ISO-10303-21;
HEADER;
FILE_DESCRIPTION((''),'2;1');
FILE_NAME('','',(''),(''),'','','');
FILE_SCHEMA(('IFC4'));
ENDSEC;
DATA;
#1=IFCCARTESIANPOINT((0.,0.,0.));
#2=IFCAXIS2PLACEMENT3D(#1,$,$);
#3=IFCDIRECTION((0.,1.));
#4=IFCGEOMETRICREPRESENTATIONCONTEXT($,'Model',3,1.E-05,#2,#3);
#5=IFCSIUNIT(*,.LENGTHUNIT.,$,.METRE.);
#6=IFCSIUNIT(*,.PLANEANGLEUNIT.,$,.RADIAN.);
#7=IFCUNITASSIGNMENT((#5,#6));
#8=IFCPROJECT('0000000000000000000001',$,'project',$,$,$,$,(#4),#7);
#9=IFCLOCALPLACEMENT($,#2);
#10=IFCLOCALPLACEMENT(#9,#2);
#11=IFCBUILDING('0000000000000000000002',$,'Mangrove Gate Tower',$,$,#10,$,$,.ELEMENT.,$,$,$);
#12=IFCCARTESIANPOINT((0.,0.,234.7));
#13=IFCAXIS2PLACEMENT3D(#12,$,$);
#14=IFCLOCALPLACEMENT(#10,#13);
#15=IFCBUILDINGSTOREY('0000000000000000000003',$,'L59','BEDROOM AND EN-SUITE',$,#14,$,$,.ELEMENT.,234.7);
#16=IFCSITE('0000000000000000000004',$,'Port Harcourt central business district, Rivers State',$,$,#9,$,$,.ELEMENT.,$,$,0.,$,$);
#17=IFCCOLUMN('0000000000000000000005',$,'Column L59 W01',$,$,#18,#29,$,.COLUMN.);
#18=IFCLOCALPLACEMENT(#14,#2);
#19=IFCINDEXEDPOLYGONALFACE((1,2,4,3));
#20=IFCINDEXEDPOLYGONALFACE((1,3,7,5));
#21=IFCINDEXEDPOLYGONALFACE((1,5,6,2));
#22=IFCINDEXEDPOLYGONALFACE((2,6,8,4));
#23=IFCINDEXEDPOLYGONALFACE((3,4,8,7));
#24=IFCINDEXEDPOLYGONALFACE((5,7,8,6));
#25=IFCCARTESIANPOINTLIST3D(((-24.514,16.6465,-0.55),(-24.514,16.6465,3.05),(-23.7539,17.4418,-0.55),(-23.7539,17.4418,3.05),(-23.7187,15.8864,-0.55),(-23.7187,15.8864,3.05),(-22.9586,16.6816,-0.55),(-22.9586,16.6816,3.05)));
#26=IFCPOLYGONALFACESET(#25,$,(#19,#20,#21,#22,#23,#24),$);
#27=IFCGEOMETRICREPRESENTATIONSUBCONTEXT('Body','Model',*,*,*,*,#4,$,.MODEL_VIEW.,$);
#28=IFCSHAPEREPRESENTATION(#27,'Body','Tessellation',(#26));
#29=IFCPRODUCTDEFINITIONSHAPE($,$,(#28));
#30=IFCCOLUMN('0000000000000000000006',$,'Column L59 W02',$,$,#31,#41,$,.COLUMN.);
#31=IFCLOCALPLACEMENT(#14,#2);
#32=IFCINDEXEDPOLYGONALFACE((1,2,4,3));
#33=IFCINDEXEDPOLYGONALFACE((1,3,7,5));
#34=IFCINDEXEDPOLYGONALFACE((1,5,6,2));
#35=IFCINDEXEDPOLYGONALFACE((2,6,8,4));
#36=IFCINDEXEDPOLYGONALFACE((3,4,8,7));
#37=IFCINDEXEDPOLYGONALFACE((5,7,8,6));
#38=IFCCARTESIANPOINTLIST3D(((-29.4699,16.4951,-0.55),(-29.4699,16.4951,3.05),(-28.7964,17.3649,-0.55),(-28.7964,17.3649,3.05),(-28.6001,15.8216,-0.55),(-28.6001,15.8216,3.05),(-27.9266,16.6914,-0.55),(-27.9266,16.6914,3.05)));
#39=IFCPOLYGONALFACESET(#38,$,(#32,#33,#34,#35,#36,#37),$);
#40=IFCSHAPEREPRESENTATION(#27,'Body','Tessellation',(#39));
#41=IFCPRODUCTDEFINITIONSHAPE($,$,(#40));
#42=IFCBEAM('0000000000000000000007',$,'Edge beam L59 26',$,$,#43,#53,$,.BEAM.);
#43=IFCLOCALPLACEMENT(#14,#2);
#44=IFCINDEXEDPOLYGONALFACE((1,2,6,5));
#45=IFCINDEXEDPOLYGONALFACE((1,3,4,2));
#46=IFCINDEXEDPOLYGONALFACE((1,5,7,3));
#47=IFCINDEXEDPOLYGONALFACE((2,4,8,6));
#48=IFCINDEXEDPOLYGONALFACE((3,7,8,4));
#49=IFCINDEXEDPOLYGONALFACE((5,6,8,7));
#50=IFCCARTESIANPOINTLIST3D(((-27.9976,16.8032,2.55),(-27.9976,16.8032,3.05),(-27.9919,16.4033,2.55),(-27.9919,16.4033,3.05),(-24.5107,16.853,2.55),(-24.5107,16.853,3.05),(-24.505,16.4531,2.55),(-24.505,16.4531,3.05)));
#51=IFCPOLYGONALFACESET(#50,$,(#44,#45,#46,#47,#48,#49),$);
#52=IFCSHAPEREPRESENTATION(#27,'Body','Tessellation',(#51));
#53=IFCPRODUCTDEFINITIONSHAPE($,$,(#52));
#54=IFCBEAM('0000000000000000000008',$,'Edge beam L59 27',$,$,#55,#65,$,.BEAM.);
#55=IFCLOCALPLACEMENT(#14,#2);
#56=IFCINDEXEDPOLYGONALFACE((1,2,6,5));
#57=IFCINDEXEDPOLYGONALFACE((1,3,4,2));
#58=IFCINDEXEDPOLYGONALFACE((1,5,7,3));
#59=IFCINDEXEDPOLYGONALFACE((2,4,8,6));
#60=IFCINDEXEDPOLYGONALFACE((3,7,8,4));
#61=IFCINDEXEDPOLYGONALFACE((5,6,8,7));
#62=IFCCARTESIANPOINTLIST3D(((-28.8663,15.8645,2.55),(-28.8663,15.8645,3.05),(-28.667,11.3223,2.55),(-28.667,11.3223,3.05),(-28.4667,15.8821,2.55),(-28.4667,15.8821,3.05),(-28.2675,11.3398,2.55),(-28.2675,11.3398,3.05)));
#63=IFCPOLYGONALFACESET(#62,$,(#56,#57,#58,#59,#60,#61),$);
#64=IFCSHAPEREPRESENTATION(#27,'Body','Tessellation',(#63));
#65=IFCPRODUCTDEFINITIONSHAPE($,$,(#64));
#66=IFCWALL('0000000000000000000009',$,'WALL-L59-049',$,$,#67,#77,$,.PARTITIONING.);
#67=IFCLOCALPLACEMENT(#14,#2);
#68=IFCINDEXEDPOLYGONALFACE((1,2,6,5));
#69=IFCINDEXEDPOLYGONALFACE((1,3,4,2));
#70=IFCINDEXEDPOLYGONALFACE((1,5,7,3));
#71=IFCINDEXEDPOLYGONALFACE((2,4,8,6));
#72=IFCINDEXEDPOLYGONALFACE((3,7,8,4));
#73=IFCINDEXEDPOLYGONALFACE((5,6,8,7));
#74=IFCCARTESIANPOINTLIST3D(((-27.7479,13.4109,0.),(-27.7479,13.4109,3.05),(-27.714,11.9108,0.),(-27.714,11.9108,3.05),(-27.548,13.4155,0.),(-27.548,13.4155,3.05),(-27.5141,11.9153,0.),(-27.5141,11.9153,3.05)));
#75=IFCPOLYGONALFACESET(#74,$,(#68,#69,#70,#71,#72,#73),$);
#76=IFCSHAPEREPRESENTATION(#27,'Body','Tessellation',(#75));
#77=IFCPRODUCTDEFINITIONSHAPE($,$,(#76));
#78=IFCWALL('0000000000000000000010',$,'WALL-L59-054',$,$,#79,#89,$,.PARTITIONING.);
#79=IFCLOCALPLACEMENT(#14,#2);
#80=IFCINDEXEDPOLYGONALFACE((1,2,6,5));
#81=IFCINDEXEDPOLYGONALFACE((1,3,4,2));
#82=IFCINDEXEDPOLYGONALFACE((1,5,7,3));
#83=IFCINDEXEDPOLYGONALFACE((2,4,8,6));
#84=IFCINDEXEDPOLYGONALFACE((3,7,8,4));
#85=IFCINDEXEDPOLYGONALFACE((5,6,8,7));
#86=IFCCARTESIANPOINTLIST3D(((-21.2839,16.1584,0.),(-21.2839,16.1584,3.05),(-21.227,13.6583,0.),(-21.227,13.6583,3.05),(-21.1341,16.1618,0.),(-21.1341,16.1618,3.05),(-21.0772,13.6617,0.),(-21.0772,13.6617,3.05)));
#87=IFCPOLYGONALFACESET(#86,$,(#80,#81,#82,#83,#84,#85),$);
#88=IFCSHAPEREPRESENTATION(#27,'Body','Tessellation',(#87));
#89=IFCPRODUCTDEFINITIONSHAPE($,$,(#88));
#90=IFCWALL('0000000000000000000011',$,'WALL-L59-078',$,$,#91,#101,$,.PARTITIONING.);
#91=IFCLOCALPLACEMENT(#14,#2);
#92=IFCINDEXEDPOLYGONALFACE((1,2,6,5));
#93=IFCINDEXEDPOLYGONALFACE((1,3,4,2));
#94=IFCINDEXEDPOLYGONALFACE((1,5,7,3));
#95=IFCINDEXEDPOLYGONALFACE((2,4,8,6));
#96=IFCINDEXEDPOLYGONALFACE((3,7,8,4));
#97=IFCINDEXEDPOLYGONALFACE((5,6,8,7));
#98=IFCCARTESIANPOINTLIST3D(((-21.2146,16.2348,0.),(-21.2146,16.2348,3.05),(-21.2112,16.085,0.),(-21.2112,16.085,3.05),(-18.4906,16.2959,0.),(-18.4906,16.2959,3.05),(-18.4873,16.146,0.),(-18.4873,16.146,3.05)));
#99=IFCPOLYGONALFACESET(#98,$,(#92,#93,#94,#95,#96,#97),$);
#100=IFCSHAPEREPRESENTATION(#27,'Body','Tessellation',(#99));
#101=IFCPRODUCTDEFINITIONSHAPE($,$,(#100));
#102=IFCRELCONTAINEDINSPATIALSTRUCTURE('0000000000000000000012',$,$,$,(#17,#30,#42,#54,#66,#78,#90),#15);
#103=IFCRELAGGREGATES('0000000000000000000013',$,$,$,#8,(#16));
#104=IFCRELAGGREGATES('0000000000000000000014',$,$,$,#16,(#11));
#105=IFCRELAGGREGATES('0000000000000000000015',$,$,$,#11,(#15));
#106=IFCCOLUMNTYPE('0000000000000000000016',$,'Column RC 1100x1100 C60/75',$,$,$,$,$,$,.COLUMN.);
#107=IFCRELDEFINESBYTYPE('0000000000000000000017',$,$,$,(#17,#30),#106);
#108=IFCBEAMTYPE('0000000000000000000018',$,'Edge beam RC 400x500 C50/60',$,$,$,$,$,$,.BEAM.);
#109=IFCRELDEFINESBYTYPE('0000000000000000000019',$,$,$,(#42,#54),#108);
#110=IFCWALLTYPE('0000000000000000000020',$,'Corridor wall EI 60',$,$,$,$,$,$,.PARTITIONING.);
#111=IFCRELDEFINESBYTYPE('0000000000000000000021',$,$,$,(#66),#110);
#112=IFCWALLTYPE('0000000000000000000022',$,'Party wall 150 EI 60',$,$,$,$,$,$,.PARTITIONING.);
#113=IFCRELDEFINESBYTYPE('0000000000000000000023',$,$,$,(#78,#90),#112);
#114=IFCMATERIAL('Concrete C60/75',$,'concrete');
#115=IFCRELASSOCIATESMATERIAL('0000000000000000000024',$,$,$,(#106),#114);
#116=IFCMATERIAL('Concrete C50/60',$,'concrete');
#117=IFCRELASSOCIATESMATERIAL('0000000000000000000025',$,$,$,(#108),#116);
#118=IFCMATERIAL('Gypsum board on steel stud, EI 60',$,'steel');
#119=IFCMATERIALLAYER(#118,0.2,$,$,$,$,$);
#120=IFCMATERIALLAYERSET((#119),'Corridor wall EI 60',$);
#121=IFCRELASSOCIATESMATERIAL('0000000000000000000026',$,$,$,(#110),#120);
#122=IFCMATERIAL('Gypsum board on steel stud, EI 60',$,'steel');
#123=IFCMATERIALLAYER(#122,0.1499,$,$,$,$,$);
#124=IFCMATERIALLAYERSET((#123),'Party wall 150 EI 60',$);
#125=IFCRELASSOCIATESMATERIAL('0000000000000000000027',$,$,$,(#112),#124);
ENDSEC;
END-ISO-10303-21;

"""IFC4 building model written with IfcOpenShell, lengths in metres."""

from ifc_helpers import new_model, si_unit, direction, frame, frame_2d, origin, origin_2d, place, context, subcontext, project, spatial, rectangle, extrude, material, layer, layer_set, material_profile, profile_set, type_object, element, save


model = new_model("IFC4")

# Units and contexts
model_context = context("Model", 3, precision=1e-05, world=origin(), true_north=direction((0.0, 1.0)))
body_context = subcontext(model_context, "Body", "Model", "MODEL_VIEW")
ifc_project = project(units=[si_unit("LENGTHUNIT", "METRE"), si_unit("PLANEANGLEUNIT", "RADIAN")], contexts=[model_context])

# Site, building, storey
site_placement = place(None, origin())
site = spatial("IfcSite", under=ifc_project, at=site_placement, Name="Port Harcourt central business district, Rivers State", CompositionType="ELEMENT", RefElevation=0.0)
building_placement = place(site_placement, origin())
building = spatial("IfcBuilding", under=site, at=building_placement, Name="Mangrove Gate Tower", CompositionType="ELEMENT")
storey_placement = place(building_placement, frame((0.0, 0.0, 234.7)))
storey = spatial("IfcBuildingStorey", under=building, at=storey_placement, Name="L59", Description="BEDROOM AND EN-SUITE", CompositionType="ELEMENT", Elevation=234.7)

# Columns
ifc_material_1 = material(Name="Concrete C60/75", Category="concrete")
ifc_material_profile_1 = material_profile(ifc_material_1, rectangle(XDim=1.1001, YDim=1.1001, at=origin_2d()))
ifc_profile_set_1 = profile_set([ifc_material_profile_1], Name="Concrete C60/75")
column_type = type_object("IfcColumnType", Name="Column RC 1100x1100 C60/75", PredefinedType="COLUMN", material=ifc_profile_set_1)
for number, where, z_axis, x_axis, name in (
    (1, (-23.7363, 16.6641, -0.55), (0.0, 0.0, 1.0), (-0.690946, -0.722906, 0.0), "Column L59 W01"),
    (2, (-28.6982, 16.5933, -0.55), (0.0, 0.0, 1.0), (-0.612247, -0.790667, 0.0), "Column L59 W02"),
):
    element("IfcColumn", number, at=place(storey_placement, frame(where, z_axis=z_axis, x_axis=x_axis)), inside=storey, type_object=column_type, Name=name, PredefinedType="COLUMN", context=body_context, shape_type="SweptSolid", body=[
        extrude(rectangle(XDim=1.1001, YDim=1.1001, at=origin_2d()), origin(), (0.0, 0.0, 1.0), 3.6001),
    ])

# Beams
ifc_material_2 = material(Name="Concrete C50/60", Category="concrete")
ifc_material_profile_2 = material_profile(ifc_material_2, rectangle(XDim=0.3999, YDim=0.5, at=origin_2d()))
ifc_profile_set_2 = profile_set([ifc_material_profile_2], Name="Concrete C50/60")
beam_type = type_object("IfcBeamType", Name="Edge beam RC 400x500 C50/60", PredefinedType="BEAM", material=ifc_profile_set_2)
beam_1_placement = place(storey_placement, frame((-24.5078, 16.6531, 2.8), z_axis=(-0.999898, -0.014281, 0.0), x_axis=(0.014281, -0.999898, 0.0)))
element("IfcBeam", 3, at=beam_1_placement, inside=storey, type_object=beam_type, Name="Edge beam L59 26", PredefinedType="BEAM", context=body_context, shape_type="SweptSolid", body=[
    extrude(rectangle(XDim=0.3999, YDim=0.5, at=origin_2d()), origin(), (0.0, 0.0, 1.0), 3.4873),
])
beam_2_placement = place(storey_placement, frame((-28.6665, 15.8733, 2.8), z_axis=(0.043817, -0.99904, 0.0), x_axis=(0.99904, 0.043817, 0.0)))
element("IfcBeam", 4, at=beam_2_placement, inside=storey, type_object=beam_type, Name="Edge beam L59 27", PredefinedType="BEAM", context=body_context, shape_type="SweptSolid", body=[
    extrude(rectangle(XDim=0.3999, YDim=0.5, at=origin_2d()), origin(), (0.0, 0.0, 1.0), 4.5466),
])

# Wall
ifc_material_3 = material(Name="Gypsum board on steel stud, EI 60", Category="steel")
ifc_layer_1 = layer(ifc_material_3, 0.2)
ifc_layer_set_1 = layer_set([ifc_layer_1], Name="Corridor wall EI 60")
wall_type_1 = type_object("IfcWallType", Name="Corridor wall EI 60", PredefinedType="PARTITIONING", material=ifc_layer_set_1)
wall_1_placement = place(storey_placement, frame((-27.614, 11.9131, 0.0), z_axis=(0.0, 0.0, 1.0), x_axis=(-0.022618, 0.999744, 0.0)))
element("IfcWall", 5, at=wall_1_placement, inside=storey, type_object=wall_type_1, Name="WALL-L59-049", PredefinedType="PARTITIONING", context=body_context, shape_type="SweptSolid", body=[
    extrude(rectangle(XDim=1.5005, YDim=0.2, at=frame_2d((0.7502, 0.0))), origin(), (0.0, 0.0, 1.0), 3.05),
])

# Walls
ifc_material_4 = material(Name="Gypsum board on steel stud, EI 60", Category="steel")
ifc_layer_2 = layer(ifc_material_4, 0.1499)
ifc_layer_set_2 = layer_set([ifc_layer_2], Name="Party wall 150 EI 60")
wall_type_2 = type_object("IfcWallType", Name="Party wall 150 EI 60", PredefinedType="PARTITIONING", material=ifc_layer_set_2)
wall_2_placement = place(storey_placement, frame((-21.1521, 13.6599, 0.0), z_axis=(0.0, 0.0, 1.0), x_axis=(-0.022748, 0.999741, 0.0)))
element("IfcWall", 6, at=wall_2_placement, inside=storey, type_object=wall_type_2, Name="WALL-L59-054", PredefinedType="PARTITIONING", context=body_context, shape_type="SweptSolid", body=[
    extrude(rectangle(XDim=2.5007, YDim=0.1499, at=frame_2d((1.2505, 0.0))), origin(), (0.0, 0.0, 1.0), 3.05),
])
wall_3_placement = place(storey_placement, frame((-21.2129, 16.1599, 0.0), z_axis=(0.0, 0.0, 1.0), x_axis=(0.999749, 0.022402, 0.0)))
element("IfcWall", 7, at=wall_3_placement, inside=storey, type_object=wall_type_2, Name="WALL-L59-078", PredefinedType="PARTITIONING", context=body_context, shape_type="SweptSolid", body=[
    extrude(rectangle(XDim=2.7246, YDim=0.1499, at=frame_2d((1.3623, 0.0))), origin(), (0.0, 0.0, 1.0), 3.05),
])

save(model, "model.ifc")
